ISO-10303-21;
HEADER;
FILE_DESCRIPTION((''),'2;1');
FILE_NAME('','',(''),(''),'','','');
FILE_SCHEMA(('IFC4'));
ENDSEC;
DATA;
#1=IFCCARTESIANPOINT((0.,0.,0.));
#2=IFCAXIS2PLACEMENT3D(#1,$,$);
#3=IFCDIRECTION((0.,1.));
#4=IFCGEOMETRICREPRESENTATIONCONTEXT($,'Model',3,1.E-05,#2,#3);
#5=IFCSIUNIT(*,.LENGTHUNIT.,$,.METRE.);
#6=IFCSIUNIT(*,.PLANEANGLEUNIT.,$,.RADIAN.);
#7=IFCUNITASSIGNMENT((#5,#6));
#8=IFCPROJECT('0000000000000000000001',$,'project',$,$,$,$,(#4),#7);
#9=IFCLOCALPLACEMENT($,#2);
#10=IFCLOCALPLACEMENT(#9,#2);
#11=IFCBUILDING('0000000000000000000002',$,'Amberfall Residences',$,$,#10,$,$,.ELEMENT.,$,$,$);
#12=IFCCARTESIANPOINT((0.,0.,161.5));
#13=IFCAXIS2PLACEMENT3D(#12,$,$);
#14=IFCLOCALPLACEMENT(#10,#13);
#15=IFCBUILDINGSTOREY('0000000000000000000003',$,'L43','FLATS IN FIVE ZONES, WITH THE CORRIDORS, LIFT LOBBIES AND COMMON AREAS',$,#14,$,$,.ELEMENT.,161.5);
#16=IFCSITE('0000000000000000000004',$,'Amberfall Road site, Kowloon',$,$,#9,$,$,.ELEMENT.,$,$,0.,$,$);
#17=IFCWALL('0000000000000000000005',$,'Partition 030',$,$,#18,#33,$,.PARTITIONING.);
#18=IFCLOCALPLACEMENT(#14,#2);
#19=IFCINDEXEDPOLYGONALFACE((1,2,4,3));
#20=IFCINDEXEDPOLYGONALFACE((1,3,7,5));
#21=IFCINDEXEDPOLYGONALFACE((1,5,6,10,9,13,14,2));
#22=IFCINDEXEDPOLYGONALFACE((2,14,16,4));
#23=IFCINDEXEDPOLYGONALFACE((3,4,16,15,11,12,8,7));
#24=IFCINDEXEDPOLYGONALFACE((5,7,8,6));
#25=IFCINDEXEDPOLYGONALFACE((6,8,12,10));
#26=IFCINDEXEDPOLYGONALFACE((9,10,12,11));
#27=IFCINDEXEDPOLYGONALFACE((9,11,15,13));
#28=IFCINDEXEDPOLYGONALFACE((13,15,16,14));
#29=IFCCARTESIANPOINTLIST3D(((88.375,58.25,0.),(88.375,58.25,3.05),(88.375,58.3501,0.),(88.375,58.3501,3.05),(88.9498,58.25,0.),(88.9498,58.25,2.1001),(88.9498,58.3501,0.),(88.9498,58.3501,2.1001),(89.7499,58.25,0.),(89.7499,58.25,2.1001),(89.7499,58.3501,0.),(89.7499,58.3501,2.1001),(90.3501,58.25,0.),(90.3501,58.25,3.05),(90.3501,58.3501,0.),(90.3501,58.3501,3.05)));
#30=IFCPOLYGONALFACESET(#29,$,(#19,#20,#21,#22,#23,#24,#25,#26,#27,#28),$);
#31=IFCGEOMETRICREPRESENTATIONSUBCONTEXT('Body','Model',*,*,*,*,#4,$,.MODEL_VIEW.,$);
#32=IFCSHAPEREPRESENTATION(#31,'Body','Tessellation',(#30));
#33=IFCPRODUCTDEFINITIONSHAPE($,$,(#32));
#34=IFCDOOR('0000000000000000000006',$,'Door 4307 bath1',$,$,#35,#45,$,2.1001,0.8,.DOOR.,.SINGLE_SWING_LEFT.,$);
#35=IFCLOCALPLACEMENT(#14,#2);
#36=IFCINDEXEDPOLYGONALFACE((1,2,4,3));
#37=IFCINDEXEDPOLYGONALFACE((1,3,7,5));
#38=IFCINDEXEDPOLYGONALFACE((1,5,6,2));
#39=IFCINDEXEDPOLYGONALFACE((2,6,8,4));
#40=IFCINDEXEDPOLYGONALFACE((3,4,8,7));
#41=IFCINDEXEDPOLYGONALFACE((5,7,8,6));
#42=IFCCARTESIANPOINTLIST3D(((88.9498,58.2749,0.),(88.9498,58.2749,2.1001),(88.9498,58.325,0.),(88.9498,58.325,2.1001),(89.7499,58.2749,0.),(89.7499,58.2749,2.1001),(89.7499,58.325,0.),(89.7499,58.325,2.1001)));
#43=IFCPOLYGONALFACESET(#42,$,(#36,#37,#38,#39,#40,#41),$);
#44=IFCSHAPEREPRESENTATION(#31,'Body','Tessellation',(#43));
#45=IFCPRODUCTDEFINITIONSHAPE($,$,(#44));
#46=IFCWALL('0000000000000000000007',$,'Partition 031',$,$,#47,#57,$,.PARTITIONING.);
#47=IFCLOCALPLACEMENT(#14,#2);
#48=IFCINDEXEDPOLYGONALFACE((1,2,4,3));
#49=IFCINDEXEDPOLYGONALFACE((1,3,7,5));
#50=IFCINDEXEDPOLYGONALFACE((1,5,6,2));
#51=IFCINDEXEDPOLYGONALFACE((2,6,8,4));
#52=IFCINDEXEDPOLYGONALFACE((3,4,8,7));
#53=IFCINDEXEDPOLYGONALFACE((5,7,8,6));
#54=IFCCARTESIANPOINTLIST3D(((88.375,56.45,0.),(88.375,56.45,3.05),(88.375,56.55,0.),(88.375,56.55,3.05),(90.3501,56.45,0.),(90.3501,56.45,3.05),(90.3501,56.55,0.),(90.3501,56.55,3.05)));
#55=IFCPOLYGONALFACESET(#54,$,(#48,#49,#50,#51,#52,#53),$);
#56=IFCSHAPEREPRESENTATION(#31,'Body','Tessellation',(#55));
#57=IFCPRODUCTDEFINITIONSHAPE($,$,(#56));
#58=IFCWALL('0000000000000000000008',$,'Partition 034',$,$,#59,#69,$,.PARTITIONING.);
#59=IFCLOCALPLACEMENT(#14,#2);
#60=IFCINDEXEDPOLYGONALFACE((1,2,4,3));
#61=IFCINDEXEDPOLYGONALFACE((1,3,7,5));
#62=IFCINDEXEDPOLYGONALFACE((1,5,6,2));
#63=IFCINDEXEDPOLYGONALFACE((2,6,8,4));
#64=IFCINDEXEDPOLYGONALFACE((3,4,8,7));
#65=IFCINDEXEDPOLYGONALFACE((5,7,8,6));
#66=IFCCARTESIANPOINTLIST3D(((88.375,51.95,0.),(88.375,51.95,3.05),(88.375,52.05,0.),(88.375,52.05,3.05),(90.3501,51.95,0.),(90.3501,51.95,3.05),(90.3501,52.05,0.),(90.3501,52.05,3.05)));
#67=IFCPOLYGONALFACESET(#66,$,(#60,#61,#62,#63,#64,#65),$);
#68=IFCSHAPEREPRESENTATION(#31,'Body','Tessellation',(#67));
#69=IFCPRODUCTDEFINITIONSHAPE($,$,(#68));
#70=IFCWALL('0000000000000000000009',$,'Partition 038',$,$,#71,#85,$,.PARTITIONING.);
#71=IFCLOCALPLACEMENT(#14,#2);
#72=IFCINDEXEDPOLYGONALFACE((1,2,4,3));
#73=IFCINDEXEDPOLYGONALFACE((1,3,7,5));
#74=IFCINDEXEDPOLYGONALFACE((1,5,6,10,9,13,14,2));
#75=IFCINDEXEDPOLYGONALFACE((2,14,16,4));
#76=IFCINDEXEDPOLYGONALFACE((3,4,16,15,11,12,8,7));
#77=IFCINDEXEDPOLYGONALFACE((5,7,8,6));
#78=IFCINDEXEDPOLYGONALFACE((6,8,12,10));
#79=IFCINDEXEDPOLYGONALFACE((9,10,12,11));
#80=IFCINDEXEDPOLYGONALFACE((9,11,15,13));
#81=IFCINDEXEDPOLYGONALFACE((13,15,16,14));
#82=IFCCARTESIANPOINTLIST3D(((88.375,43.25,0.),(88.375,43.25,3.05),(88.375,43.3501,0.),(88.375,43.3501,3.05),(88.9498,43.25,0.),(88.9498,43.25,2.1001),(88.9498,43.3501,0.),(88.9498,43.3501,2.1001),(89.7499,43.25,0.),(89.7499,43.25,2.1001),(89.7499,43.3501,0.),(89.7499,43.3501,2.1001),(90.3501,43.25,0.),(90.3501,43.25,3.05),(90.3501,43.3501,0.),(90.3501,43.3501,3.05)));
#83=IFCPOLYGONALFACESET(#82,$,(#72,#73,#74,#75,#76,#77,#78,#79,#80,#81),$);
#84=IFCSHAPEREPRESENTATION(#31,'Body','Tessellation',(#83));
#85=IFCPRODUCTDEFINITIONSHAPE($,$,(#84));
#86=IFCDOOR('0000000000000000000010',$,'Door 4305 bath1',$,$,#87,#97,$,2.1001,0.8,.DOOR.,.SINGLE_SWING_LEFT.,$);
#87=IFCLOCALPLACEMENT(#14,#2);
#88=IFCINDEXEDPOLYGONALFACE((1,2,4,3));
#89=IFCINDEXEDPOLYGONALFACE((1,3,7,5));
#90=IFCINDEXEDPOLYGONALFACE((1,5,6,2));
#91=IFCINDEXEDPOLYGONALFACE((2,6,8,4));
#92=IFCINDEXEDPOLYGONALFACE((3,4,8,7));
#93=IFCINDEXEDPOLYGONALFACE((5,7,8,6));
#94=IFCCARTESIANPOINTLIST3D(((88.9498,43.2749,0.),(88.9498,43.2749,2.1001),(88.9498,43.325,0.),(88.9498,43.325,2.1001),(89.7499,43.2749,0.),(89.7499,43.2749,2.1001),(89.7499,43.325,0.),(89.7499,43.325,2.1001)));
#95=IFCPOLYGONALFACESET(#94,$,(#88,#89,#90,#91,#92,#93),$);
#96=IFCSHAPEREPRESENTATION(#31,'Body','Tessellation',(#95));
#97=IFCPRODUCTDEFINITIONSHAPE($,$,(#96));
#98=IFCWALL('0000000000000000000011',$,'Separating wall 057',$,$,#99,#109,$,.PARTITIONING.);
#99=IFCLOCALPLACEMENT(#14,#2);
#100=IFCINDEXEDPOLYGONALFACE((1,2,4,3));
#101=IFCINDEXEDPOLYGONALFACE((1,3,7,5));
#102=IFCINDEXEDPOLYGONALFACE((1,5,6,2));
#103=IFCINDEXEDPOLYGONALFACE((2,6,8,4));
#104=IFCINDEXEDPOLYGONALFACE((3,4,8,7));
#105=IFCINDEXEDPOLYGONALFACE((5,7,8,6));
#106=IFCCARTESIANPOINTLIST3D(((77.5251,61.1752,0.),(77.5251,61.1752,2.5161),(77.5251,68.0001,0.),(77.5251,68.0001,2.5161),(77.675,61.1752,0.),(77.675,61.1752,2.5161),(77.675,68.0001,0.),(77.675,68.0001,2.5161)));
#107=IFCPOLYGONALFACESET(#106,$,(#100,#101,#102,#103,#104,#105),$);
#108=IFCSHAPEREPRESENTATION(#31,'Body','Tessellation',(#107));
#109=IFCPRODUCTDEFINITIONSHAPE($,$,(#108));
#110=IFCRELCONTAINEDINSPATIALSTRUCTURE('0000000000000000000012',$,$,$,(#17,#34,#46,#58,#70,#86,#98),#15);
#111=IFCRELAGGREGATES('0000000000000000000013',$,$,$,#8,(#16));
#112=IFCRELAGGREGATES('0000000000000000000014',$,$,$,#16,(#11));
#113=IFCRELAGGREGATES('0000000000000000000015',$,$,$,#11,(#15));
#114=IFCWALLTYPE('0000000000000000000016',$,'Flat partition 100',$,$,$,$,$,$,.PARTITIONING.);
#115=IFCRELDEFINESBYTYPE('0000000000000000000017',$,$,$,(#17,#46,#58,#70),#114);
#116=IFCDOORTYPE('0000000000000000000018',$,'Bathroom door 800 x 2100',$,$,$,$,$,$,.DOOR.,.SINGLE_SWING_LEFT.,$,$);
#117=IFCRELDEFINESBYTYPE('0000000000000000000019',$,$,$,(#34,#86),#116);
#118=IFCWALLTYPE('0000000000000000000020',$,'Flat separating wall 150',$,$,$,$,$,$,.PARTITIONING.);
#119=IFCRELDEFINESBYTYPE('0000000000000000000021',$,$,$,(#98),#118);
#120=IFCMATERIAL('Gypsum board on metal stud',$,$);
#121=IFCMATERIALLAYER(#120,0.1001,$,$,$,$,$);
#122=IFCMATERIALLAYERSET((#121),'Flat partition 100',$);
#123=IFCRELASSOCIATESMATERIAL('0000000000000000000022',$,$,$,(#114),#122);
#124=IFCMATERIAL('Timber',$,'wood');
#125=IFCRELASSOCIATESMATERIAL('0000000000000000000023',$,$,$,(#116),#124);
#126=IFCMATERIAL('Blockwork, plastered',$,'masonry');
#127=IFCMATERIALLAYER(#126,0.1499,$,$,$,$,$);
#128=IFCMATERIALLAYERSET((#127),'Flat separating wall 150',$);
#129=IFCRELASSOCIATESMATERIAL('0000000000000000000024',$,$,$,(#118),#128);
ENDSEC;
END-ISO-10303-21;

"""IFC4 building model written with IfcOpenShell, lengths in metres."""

from ifc_helpers import new_model, si_unit, direction, frame, frame_2d, origin, place, context, subcontext, project, spatial, rectangle, extrude, material, layer, layer_set, type_object, element, fill, save


model = new_model("IFC4")

# Units and contexts
model_context = context("Model", 3, precision=1e-05, world=origin(), true_north=direction((0.0, 1.0)))
body_context = subcontext(model_context, "Body", "Model", "MODEL_VIEW")
ifc_project = project(units=[si_unit("LENGTHUNIT", "METRE"), si_unit("PLANEANGLEUNIT", "RADIAN")], contexts=[model_context])

# Site, building, storey
site_placement = place(None, origin())
site = spatial("IfcSite", under=ifc_project, at=site_placement, Name="Amberfall Road site, Kowloon", CompositionType="ELEMENT", RefElevation=0.0)
building_placement = place(site_placement, origin())
building = spatial("IfcBuilding", under=site, at=building_placement, Name="Amberfall Residences", CompositionType="ELEMENT")
storey_placement = place(building_placement, frame((0.0, 0.0, 161.5)))
storey = spatial("IfcBuildingStorey", under=building, at=storey_placement, Name="L43", Description="FLATS IN FIVE ZONES, WITH THE CORRIDORS, LIFT LOBBIES AND COMMON AREAS", CompositionType="ELEMENT", Elevation=161.5)

# Shared definitions
ifc_material_1 = material(Name="Gypsum board on metal stud")
ifc_layer_1 = layer(ifc_material_1, 0.1001)
ifc_layer_set_1 = layer_set([ifc_layer_1], Name="Flat partition 100")
wall_type_1 = type_object("IfcWallType", Name="Flat partition 100", PredefinedType="PARTITIONING", material=ifc_layer_set_1)
ifc_material_2 = material(Name="Timber", Category="wood")

# Wall, opening, door
wall_1_placement = place(storey_placement, frame((88.375, 58.3, 0.0), z_axis=(0.0, 0.0, 1.0), x_axis=(1.0, 0.0, 0.0)))
wall_1 = element("IfcWall", 1, at=wall_1_placement, inside=storey, type_object=wall_type_1, Name="Partition 030", PredefinedType="PARTITIONING", context=body_context, shape_type="SweptSolid", body=[
    extrude(rectangle(XDim=1.9751, YDim=0.1001, at=frame_2d((0.9875, 0.0))), origin(), (0.0, 0.0, 1.0), 3.05),
])
opening_1_placement = place(wall_1_placement, frame((0.575, 0.0, 0.0)))
opening_1 = element("IfcOpeningElement", 2, at=opening_1_placement, cuts=wall_1, PredefinedType="OPENING", context=body_context, shape_type="SweptSolid", body=[
    extrude(rectangle(XDim=0.8, YDim=2.1001, at=frame_2d((0.3999, 1.05))), frame((0.0, 0.0601, 0.0), z_axis=(0.0, -1.0, 0.0), x_axis=(1.0, 0.0, 0.0)), (0.0, 0.0, 1.0), 0.1201),
])
door_type_1 = type_object("IfcDoorType", Name="Bathroom door 800 x 2100", OperationType="SINGLE_SWING_LEFT", PredefinedType="DOOR", material=ifc_material_2)
door_1_placement = place(opening_1_placement, origin())
door_1 = element("IfcDoor", 3, at=door_1_placement, inside=storey, type_object=door_type_1, Name="Door 4307 bath1", OperationType="SINGLE_SWING_LEFT", OverallHeight=2.1001, OverallWidth=0.8, PredefinedType="DOOR", context=body_context, shape_type="SweptSolid", body=[
    extrude(rectangle(XDim=0.8, YDim=2.1001, at=frame_2d((0.3999, 1.05))), frame((0.0, 0.0249, 0.0), z_axis=(0.0, -1.0, 0.0), x_axis=(1.0, 0.0, 0.0)), (0.0, 0.0, 1.0), 0.05),
])
fill(opening_1, door_1)

# Walls
for number, where, z_axis, x_axis, name in (
    (4, (88.375, 56.5, 0.0), (0.0, 0.0, 1.0), (1.0, 0.0, 0.0), "Partition 031"),
    (5, (88.375, 52.0, 0.0), (0.0, 0.0, 1.0), (1.0, 0.0, 0.0), "Partition 034"),
):
    element("IfcWall", number, at=place(storey_placement, frame(where, z_axis=z_axis, x_axis=x_axis)), inside=storey, type_object=wall_type_1, Name=name, PredefinedType="PARTITIONING", context=body_context, shape_type="SweptSolid", body=[
        extrude(rectangle(XDim=1.9751, YDim=0.1001, at=frame_2d((0.9875, 0.0))), origin(), (0.0, 0.0, 1.0), 3.05),
    ])

# Wall, opening, door
wall_2_placement = place(storey_placement, frame((88.375, 43.3, 0.0), z_axis=(0.0, 0.0, 1.0), x_axis=(1.0, 0.0, 0.0)))
wall_2 = element("IfcWall", 6, at=wall_2_placement, inside=storey, type_object=wall_type_1, Name="Partition 038", PredefinedType="PARTITIONING", context=body_context, shape_type="SweptSolid", body=[
    extrude(rectangle(XDim=1.9751, YDim=0.1001, at=frame_2d((0.9875, 0.0))), origin(), (0.0, 0.0, 1.0), 3.05),
])
opening_2_placement = place(wall_2_placement, frame((0.575, 0.0, 0.0)))
opening_2 = element("IfcOpeningElement", 7, at=opening_2_placement, cuts=wall_2, PredefinedType="OPENING", context=body_context, shape_type="SweptSolid", body=[
    extrude(rectangle(XDim=0.8, YDim=2.1001, at=frame_2d((0.3999, 1.05))), frame((0.0, 0.0601, 0.0), z_axis=(0.0, -1.0, 0.0), x_axis=(1.0, 0.0, 0.0)), (0.0, 0.0, 1.0), 0.1201),
])
door_2_placement = place(opening_2_placement, origin())
door_2 = element("IfcDoor", 8, at=door_2_placement, inside=storey, type_object=door_type_1, Name="Door 4305 bath1", OperationType="SINGLE_SWING_LEFT", OverallHeight=2.1001, OverallWidth=0.8, PredefinedType="DOOR", context=body_context, shape_type="SweptSolid", body=[
    extrude(rectangle(XDim=0.8, YDim=2.1001, at=frame_2d((0.3999, 1.05))), frame((0.0, 0.0249, 0.0), z_axis=(0.0, -1.0, 0.0), x_axis=(1.0, 0.0, 0.0)), (0.0, 0.0, 1.0), 0.05),
])
fill(opening_2, door_2)

# Wall
ifc_material_3 = material(Name="Blockwork, plastered", Category="masonry")
ifc_layer_2 = layer(ifc_material_3, 0.1499)
ifc_layer_set_2 = layer_set([ifc_layer_2], Name="Flat separating wall 150")
wall_type_2 = type_object("IfcWallType", Name="Flat separating wall 150", PredefinedType="PARTITIONING", material=ifc_layer_set_2)
wall_3_placement = place(storey_placement, frame((77.6001, 61.175, 0.0), z_axis=(0.0, 0.0, 1.0), x_axis=(0.0, 1.0, 0.0)))
element("IfcWall", 9, at=wall_3_placement, inside=storey, type_object=wall_type_2, Name="Separating wall 057", PredefinedType="PARTITIONING", context=body_context, shape_type="SweptSolid", body=[
    extrude(rectangle(XDim=6.825, YDim=0.1499, at=frame_2d((3.4126, 0.0))), origin(), (0.0, 0.0, 1.0), 2.5161),
])

save(model, "model.ifc")
